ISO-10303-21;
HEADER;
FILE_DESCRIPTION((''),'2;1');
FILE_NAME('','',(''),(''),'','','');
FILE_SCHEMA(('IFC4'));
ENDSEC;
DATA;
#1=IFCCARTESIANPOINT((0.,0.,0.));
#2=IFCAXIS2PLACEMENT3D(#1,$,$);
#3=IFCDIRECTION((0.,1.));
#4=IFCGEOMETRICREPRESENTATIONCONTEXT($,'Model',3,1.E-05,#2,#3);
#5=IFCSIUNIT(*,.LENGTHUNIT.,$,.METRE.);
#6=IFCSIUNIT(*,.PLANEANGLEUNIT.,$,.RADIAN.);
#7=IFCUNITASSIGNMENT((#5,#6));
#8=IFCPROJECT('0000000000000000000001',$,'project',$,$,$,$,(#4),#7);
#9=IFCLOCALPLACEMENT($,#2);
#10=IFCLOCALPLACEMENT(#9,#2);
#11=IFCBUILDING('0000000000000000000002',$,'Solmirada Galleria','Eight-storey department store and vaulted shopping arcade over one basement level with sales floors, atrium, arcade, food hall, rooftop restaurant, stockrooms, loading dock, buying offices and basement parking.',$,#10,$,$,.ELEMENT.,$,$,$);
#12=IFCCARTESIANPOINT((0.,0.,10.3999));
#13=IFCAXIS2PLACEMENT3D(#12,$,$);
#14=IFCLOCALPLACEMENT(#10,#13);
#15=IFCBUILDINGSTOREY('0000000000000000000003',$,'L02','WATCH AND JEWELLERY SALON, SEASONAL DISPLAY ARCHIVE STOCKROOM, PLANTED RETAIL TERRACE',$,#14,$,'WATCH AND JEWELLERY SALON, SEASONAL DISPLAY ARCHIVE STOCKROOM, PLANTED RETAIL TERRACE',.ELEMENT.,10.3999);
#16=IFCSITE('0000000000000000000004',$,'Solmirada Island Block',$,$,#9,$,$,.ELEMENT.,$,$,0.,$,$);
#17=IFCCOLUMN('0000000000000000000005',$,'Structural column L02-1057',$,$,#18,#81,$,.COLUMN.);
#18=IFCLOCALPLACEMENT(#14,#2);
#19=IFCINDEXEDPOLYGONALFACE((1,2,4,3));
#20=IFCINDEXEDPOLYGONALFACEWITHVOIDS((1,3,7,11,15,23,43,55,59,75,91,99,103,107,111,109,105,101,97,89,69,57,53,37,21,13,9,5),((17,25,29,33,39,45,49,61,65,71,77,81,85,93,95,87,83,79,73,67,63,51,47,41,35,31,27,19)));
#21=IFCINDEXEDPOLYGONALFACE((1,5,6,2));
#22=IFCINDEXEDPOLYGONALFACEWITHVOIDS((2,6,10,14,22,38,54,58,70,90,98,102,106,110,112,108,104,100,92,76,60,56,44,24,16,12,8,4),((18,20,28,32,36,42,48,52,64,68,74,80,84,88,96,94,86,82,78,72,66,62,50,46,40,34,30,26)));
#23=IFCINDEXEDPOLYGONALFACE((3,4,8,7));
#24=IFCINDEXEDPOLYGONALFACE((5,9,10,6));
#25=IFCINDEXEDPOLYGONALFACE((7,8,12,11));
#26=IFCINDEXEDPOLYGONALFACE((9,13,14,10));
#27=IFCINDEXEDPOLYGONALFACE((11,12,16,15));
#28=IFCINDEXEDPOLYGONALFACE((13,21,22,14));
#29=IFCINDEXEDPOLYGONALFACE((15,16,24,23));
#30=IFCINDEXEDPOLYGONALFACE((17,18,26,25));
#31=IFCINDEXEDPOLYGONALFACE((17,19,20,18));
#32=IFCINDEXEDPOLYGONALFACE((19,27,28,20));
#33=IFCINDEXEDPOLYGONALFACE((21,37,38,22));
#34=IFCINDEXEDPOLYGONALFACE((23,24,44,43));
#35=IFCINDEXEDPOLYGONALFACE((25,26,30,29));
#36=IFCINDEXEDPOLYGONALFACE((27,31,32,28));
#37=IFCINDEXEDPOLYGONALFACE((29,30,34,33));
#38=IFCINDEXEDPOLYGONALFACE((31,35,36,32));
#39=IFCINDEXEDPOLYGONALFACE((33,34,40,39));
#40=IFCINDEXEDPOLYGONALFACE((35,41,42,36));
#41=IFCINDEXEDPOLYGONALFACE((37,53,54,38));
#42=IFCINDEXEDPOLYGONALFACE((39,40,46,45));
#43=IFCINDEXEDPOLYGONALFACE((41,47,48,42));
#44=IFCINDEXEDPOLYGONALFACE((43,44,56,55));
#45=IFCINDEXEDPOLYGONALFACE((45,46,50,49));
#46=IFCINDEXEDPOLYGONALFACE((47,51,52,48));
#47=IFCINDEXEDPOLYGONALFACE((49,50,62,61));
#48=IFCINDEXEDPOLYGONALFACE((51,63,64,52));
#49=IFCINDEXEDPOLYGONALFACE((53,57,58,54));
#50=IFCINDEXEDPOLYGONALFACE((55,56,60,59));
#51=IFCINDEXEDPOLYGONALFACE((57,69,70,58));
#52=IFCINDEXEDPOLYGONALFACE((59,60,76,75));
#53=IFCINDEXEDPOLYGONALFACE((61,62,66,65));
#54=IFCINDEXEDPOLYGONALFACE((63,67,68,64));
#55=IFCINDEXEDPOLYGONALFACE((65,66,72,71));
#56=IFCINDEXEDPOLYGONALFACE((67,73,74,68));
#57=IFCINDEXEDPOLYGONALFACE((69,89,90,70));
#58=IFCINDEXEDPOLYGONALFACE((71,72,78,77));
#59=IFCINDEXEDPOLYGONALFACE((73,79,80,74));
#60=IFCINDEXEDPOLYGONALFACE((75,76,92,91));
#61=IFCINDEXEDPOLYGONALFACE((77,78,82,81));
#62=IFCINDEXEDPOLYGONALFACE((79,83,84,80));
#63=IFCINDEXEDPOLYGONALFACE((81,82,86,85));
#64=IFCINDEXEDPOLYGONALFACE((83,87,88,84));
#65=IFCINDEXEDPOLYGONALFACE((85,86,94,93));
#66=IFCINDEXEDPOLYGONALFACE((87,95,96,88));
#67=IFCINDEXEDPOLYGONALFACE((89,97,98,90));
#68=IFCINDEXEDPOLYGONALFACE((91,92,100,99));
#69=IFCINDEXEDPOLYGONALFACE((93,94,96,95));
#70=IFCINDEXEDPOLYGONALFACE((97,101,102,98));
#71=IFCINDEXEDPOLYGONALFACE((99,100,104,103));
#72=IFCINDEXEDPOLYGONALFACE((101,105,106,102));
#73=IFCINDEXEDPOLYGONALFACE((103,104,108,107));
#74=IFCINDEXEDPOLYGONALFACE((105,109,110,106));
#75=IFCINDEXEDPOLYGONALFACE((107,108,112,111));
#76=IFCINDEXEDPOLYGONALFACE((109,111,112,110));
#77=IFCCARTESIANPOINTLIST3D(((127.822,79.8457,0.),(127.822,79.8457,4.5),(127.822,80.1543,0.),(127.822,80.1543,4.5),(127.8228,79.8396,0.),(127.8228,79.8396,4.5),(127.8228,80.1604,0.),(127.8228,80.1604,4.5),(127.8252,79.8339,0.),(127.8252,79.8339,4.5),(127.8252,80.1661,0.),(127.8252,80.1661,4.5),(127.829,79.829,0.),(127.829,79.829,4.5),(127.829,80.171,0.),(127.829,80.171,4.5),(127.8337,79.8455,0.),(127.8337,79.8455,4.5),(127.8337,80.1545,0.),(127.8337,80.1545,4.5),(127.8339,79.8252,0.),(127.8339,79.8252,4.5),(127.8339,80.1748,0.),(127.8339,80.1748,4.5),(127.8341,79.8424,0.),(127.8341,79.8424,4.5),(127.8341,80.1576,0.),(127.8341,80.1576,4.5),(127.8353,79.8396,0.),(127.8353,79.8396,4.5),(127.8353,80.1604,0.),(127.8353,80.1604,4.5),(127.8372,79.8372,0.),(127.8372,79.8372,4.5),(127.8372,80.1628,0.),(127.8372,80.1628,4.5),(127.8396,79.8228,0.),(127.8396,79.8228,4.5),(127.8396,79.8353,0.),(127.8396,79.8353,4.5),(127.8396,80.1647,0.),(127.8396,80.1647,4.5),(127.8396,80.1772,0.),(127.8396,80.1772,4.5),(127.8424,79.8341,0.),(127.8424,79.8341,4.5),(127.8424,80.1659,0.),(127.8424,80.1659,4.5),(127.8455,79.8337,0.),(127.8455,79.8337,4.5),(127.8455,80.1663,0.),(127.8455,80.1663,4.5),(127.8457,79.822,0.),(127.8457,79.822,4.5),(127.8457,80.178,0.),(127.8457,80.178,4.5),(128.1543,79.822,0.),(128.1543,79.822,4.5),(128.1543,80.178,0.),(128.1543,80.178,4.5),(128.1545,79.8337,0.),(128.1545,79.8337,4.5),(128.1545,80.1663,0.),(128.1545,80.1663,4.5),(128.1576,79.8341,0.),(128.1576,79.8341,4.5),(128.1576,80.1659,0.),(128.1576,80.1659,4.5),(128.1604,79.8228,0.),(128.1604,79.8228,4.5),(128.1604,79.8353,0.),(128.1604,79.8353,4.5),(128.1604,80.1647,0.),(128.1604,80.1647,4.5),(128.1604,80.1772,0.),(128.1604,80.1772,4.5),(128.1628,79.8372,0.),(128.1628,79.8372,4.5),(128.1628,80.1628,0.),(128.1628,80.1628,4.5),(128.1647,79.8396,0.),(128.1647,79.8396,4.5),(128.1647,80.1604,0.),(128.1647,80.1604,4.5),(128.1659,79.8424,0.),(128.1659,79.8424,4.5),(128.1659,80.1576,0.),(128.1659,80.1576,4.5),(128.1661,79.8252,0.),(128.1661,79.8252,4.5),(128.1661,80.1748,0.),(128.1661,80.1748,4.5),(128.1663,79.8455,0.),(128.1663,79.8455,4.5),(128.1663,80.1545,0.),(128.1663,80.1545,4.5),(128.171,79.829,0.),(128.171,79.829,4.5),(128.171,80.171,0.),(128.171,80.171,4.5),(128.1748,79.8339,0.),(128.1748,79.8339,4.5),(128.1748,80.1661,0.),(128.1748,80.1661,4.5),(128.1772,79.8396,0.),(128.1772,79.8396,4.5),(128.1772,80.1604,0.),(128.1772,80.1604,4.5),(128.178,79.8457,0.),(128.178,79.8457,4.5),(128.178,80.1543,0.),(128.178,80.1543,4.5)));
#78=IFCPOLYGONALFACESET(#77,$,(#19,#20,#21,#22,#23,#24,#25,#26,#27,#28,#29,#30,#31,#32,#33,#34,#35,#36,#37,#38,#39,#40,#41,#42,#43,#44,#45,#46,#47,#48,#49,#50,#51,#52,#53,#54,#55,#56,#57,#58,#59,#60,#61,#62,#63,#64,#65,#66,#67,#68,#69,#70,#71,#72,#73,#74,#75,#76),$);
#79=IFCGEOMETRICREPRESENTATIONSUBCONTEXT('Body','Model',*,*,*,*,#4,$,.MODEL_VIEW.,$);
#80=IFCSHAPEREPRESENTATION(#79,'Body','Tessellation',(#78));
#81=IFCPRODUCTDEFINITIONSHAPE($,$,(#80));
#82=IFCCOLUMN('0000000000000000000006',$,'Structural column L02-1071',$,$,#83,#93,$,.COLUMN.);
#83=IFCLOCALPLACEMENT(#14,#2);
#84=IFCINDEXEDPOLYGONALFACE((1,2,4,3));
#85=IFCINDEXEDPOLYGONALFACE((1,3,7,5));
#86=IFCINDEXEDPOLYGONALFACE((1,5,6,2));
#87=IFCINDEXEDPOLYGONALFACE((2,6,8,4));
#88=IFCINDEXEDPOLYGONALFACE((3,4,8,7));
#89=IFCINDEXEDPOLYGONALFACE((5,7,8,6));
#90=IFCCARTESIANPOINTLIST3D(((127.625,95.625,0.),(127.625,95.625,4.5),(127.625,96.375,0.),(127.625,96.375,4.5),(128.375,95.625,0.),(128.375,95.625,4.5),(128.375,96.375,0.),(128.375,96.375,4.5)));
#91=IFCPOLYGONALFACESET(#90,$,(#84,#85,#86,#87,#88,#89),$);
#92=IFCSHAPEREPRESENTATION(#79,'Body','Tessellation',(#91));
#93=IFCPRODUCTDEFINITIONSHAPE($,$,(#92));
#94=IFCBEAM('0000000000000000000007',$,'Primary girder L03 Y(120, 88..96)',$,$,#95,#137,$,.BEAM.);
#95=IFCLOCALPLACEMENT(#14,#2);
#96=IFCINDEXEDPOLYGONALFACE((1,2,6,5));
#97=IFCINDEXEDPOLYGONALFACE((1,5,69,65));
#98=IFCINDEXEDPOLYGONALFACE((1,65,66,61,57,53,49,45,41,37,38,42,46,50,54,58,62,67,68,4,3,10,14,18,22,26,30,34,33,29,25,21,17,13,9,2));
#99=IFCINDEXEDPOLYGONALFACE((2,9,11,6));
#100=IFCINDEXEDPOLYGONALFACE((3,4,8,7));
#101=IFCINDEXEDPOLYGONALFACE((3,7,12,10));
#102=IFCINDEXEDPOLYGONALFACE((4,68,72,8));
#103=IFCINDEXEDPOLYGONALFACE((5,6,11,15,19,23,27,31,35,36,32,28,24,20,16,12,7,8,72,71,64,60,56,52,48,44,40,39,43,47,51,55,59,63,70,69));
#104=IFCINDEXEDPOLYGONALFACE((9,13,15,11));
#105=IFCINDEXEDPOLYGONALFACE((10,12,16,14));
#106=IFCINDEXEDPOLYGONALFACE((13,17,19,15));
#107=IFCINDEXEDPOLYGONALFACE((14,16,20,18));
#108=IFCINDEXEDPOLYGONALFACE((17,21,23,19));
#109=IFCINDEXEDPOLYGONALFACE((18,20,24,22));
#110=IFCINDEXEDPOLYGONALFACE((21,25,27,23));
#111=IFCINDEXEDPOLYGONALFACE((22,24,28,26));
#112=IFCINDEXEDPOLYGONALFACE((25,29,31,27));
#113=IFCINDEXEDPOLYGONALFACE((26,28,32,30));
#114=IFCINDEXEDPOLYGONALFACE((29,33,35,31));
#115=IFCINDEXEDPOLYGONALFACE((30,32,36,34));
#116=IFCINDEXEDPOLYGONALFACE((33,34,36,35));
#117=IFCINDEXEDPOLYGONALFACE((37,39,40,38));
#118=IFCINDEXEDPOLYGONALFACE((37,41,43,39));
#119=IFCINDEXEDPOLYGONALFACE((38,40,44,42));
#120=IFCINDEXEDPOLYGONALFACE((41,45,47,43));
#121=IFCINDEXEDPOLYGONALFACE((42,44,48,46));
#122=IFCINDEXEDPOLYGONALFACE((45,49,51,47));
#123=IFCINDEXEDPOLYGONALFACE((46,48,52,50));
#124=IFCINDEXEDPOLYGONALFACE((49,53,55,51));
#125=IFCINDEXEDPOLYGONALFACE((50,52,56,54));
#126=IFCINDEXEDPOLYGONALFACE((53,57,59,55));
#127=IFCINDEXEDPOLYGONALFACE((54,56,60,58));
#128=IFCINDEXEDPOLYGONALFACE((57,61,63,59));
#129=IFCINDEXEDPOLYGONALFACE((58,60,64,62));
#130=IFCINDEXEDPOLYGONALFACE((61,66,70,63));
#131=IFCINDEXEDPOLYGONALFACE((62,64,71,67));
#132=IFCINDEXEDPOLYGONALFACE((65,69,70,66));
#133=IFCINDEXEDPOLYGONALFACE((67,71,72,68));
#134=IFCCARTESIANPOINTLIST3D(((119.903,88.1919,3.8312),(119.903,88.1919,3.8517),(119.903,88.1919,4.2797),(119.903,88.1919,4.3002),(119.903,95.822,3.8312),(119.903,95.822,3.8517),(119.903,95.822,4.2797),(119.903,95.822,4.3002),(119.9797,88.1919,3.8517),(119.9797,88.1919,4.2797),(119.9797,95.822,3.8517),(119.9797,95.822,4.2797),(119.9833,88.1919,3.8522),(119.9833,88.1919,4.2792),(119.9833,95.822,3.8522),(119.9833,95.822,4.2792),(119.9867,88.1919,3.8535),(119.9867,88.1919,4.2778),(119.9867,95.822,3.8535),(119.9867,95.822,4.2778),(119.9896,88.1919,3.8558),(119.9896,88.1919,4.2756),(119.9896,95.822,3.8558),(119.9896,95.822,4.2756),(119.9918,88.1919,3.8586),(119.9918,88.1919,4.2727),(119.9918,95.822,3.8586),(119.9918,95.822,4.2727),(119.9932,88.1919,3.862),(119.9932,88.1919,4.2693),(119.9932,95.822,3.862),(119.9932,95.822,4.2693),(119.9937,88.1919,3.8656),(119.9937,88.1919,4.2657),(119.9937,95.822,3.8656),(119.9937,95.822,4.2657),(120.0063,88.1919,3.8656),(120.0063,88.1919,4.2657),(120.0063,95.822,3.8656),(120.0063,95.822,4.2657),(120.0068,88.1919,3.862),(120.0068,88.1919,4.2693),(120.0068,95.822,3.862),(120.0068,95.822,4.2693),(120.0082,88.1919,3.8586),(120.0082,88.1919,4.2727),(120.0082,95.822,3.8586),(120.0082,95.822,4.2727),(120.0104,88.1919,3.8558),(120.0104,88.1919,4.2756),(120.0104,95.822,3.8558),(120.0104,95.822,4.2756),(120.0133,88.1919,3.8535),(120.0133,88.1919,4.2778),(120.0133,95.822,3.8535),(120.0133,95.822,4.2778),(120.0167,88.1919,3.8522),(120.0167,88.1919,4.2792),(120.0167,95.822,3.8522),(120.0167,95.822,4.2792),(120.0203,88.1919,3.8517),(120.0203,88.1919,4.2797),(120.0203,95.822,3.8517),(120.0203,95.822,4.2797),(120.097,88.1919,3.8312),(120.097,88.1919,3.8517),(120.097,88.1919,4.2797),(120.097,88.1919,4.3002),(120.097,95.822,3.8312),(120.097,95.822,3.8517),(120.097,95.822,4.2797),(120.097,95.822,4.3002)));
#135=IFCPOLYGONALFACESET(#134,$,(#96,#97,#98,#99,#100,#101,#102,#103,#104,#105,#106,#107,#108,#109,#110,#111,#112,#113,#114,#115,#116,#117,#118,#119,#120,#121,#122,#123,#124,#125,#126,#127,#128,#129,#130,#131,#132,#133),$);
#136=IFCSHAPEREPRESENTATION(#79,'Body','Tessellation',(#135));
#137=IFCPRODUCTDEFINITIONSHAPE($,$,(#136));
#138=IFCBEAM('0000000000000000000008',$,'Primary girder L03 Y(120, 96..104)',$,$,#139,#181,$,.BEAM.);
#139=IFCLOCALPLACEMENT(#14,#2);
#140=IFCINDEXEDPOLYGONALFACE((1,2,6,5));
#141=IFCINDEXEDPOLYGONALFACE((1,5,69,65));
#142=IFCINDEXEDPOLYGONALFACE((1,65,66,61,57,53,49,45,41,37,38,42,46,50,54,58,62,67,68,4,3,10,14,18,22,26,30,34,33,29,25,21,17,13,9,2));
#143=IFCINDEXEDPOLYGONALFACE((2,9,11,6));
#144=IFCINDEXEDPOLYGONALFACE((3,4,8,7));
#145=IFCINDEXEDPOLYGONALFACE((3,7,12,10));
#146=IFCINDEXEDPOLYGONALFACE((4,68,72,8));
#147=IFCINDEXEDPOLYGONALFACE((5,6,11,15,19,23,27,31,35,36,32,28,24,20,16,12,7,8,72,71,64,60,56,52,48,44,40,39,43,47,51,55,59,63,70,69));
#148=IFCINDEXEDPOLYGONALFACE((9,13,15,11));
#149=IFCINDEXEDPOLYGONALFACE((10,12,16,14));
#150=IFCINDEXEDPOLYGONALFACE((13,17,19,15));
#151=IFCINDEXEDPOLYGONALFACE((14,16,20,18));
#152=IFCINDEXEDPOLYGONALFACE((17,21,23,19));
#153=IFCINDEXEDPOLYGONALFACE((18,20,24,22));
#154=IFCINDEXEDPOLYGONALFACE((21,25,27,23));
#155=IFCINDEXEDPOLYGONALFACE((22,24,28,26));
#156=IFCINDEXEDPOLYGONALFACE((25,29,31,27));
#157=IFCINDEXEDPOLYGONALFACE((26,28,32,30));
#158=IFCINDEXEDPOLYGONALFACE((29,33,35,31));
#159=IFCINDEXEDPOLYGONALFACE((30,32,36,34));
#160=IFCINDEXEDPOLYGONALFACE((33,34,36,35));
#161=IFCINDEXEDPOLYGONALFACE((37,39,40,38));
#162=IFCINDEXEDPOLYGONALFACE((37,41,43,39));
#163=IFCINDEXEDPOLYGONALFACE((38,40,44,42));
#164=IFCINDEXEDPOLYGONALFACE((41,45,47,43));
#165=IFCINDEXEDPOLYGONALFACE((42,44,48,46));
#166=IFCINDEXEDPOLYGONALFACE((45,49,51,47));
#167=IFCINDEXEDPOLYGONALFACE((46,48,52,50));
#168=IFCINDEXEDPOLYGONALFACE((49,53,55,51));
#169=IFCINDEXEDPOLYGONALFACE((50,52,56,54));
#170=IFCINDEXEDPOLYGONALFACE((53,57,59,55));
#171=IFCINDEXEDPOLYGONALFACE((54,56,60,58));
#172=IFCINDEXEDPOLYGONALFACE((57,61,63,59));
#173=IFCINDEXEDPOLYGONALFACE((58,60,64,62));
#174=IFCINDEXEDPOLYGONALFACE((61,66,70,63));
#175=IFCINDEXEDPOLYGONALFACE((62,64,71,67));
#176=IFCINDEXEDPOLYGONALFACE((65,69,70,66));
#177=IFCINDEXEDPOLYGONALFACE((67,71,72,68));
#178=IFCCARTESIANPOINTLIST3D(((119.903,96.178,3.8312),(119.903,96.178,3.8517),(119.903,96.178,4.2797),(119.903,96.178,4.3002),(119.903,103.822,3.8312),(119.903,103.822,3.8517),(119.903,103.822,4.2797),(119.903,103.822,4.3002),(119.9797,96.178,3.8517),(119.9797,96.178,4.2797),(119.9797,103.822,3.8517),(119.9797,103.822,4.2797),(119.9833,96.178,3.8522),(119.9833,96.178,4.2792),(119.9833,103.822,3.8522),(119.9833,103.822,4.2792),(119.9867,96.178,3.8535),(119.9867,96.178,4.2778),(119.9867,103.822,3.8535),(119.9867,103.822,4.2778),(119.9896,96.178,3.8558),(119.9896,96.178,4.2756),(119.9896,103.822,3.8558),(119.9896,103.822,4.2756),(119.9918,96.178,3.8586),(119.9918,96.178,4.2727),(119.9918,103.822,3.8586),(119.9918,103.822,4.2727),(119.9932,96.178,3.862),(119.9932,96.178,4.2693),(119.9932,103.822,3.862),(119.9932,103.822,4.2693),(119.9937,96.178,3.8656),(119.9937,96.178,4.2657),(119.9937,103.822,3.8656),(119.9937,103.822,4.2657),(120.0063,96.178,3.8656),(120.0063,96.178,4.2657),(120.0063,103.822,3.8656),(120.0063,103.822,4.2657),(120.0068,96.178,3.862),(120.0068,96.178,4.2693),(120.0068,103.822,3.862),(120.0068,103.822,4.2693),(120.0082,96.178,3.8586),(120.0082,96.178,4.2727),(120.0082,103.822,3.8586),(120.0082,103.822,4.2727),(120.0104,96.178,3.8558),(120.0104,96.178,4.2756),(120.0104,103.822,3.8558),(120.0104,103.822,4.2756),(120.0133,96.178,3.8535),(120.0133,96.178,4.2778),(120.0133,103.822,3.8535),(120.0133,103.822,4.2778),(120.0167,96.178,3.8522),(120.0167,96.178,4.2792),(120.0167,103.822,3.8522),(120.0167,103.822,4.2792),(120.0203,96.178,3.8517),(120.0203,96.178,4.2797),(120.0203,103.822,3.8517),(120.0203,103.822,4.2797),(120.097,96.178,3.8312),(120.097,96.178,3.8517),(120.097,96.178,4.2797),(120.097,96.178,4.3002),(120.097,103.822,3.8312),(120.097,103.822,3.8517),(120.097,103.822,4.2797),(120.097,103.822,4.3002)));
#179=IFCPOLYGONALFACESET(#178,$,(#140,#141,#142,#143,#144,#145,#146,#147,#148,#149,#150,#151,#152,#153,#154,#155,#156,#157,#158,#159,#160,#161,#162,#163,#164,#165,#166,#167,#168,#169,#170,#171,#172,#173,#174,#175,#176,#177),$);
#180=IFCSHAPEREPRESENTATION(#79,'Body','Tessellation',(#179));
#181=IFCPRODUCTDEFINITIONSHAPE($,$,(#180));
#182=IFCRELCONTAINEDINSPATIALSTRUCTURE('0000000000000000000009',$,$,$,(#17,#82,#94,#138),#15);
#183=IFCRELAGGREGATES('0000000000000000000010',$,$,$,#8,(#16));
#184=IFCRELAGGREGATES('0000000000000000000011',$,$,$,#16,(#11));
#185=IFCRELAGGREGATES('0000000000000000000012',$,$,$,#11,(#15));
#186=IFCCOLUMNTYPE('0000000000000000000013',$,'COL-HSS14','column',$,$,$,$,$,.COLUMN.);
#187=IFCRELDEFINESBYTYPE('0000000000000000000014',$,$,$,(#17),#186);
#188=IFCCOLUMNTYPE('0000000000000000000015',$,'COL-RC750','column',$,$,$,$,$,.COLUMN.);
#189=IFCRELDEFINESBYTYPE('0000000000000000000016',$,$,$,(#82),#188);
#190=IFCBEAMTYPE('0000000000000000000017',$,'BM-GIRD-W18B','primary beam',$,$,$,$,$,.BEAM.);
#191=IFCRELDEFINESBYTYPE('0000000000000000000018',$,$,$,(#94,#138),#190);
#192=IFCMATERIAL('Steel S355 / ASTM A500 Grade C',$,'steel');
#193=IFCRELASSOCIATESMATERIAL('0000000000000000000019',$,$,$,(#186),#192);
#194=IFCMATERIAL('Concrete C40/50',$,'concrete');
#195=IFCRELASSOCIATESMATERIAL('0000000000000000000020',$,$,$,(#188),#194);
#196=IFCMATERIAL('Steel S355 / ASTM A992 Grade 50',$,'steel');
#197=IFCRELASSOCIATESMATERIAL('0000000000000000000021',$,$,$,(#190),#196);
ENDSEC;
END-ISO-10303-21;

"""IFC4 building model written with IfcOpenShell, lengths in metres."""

from ifc_helpers import new_model, si_unit, direction, frame, origin, origin_2d, place, context, subcontext, project, spatial, rectangle, hollow_rectangle, i_section, extrude, material, material_profile, profile_set, type_object, element, save


model = new_model("IFC4")

# Units and contexts
model_context = context("Model", 3, precision=1e-05, world=origin(), true_north=direction((0.0, 1.0)))
body_context = subcontext(model_context, "Body", "Model", "MODEL_VIEW")
ifc_project = project(units=[si_unit("LENGTHUNIT", "METRE"), si_unit("PLANEANGLEUNIT", "RADIAN")], contexts=[model_context])

# Site, building, storey
site_placement = place(None, origin())
site = spatial("IfcSite", under=ifc_project, at=site_placement, Name="Solmirada Island Block", CompositionType="ELEMENT", RefElevation=0.0)
building_placement = place(site_placement, origin())
building = spatial("IfcBuilding", under=site, at=building_placement, Name="Solmirada Galleria", Description="Eight-storey department store and vaulted shopping arcade over one basement level with sales floors, atrium, arcade, food hall, rooftop restaurant, stockrooms, loading dock, buying offices and basement parking.", CompositionType="ELEMENT")
storey_placement = place(building_placement, frame((0.0, 0.0, 10.3999)))
storey = spatial("IfcBuildingStorey", under=building, at=storey_placement, Name="L02", Description="WATCH AND JEWELLERY SALON, SEASONAL DISPLAY ARCHIVE STOCKROOM, PLANTED RETAIL TERRACE", LongName="WATCH AND JEWELLERY SALON, SEASONAL DISPLAY ARCHIVE STOCKROOM, PLANTED RETAIL TERRACE", CompositionType="ELEMENT", Elevation=10.3999)

# Columns
ifc_material_1 = material(Name="Steel S355 / ASTM A500 Grade C", Category="steel")
ifc_material_profile_1 = material_profile(ifc_material_1, hollow_rectangle(XDim=0.356, YDim=0.356, WallThickness=0.0117, InnerFilletRadius=0.0117, OuterFilletRadius=0.0237, at=origin_2d()), Name="HSS14X14X1/2")
ifc_profile_set_1 = profile_set([ifc_material_profile_1], Name="Steel S355 / ASTM A500 Grade C")
column_type_1 = type_object("IfcColumnType", Name="COL-HSS14", Description="column", PredefinedType="COLUMN", material=ifc_profile_set_1)
for number, where, z_axis, x_axis, name in (
    (1, (128.0, 80.0, 0.0), (0.0, 0.0, 1.0), (1.0, 0.0, 0.0), "Structural column L02-1057"),
):
    element("IfcColumn", number, at=place(storey_placement, frame(where, z_axis=z_axis, x_axis=x_axis)), inside=storey, type_object=column_type_1, Name=name, PredefinedType="COLUMN", context=body_context, shape_type="SweptSolid", body=[
        extrude(hollow_rectangle(XDim=0.356, YDim=0.356, WallThickness=0.0117, InnerFilletRadius=0.0117, OuterFilletRadius=0.0237, at=origin_2d()), origin(), (0.0, 0.0, 1.0), 4.5),
    ])
ifc_material_2 = material(Name="Concrete C40/50", Category="concrete")
ifc_material_profile_2 = material_profile(ifc_material_2, rectangle(XDim=0.75, YDim=0.75, at=origin_2d()), Name="RC750X750")
ifc_profile_set_2 = profile_set([ifc_material_profile_2], Name="Concrete C40/50")
column_type_2 = type_object("IfcColumnType", Name="COL-RC750", Description="column", PredefinedType="COLUMN", material=ifc_profile_set_2)
column_1_placement = place(storey_placement, frame((128.0, 96.0, 0.0), z_axis=(0.0, 0.0, 1.0), x_axis=(1.0, 0.0, 0.0)))
element("IfcColumn", 2, at=column_1_placement, inside=storey, type_object=column_type_2, Name="Structural column L02-1071", PredefinedType="COLUMN", context=body_context, shape_type="SweptSolid", body=[
    extrude(rectangle(XDim=0.75, YDim=0.75, at=origin_2d()), origin(), (0.0, 0.0, 1.0), 4.5),
])

# Beams
ifc_material_3 = material(Name="Steel S355 / ASTM A992 Grade 50", Category="steel")
ifc_material_profile_3 = material_profile(ifc_material_3, i_section(OverallWidth=0.1941, OverallDepth=0.469, WebThickness=0.0127, FlangeThickness=0.0205, FilletRadius=0.0139, at=origin_2d()), Name="W18X71")
ifc_profile_set_3 = profile_set([ifc_material_profile_3], Name="Steel S355 / ASTM A992 Grade 50")
beam_type_1 = type_object("IfcBeamType", Name="BM-GIRD-W18B", Description="primary beam", PredefinedType="BEAM", material=ifc_profile_set_3)
beam_1_placement = place(storey_placement, frame((120.0, 88.1919, 4.0657), z_axis=(0.0, 1.0, 0.0), x_axis=(-1.0, 0.0, 0.0)))
element("IfcBeam", 3, at=beam_1_placement, inside=storey, type_object=beam_type_1, Name="Primary girder L03 Y(120, 88..96)", PredefinedType="BEAM", context=body_context, shape_type="SweptSolid", body=[
    extrude(i_section(OverallWidth=0.1941, OverallDepth=0.469, WebThickness=0.0127, FlangeThickness=0.0205, FilletRadius=0.0139, at=origin_2d()), origin(), (0.0, 0.0, 1.0), 7.6301),
])
beam_2_placement = place(storey_placement, frame((120.0, 96.178, 4.0657), z_axis=(0.0, 1.0, 0.0), x_axis=(-1.0, 0.0, 0.0)))
element("IfcBeam", 4, at=beam_2_placement, inside=storey, type_object=beam_type_1, Name="Primary girder L03 Y(120, 96..104)", PredefinedType="BEAM", context=body_context, shape_type="SweptSolid", body=[
    extrude(i_section(OverallWidth=0.1941, OverallDepth=0.469, WebThickness=0.0127, FlangeThickness=0.0205, FilletRadius=0.0139, at=origin_2d()), origin(), (0.0, 0.0, 1.0), 7.644),
])

save(model, "model.ifc")
